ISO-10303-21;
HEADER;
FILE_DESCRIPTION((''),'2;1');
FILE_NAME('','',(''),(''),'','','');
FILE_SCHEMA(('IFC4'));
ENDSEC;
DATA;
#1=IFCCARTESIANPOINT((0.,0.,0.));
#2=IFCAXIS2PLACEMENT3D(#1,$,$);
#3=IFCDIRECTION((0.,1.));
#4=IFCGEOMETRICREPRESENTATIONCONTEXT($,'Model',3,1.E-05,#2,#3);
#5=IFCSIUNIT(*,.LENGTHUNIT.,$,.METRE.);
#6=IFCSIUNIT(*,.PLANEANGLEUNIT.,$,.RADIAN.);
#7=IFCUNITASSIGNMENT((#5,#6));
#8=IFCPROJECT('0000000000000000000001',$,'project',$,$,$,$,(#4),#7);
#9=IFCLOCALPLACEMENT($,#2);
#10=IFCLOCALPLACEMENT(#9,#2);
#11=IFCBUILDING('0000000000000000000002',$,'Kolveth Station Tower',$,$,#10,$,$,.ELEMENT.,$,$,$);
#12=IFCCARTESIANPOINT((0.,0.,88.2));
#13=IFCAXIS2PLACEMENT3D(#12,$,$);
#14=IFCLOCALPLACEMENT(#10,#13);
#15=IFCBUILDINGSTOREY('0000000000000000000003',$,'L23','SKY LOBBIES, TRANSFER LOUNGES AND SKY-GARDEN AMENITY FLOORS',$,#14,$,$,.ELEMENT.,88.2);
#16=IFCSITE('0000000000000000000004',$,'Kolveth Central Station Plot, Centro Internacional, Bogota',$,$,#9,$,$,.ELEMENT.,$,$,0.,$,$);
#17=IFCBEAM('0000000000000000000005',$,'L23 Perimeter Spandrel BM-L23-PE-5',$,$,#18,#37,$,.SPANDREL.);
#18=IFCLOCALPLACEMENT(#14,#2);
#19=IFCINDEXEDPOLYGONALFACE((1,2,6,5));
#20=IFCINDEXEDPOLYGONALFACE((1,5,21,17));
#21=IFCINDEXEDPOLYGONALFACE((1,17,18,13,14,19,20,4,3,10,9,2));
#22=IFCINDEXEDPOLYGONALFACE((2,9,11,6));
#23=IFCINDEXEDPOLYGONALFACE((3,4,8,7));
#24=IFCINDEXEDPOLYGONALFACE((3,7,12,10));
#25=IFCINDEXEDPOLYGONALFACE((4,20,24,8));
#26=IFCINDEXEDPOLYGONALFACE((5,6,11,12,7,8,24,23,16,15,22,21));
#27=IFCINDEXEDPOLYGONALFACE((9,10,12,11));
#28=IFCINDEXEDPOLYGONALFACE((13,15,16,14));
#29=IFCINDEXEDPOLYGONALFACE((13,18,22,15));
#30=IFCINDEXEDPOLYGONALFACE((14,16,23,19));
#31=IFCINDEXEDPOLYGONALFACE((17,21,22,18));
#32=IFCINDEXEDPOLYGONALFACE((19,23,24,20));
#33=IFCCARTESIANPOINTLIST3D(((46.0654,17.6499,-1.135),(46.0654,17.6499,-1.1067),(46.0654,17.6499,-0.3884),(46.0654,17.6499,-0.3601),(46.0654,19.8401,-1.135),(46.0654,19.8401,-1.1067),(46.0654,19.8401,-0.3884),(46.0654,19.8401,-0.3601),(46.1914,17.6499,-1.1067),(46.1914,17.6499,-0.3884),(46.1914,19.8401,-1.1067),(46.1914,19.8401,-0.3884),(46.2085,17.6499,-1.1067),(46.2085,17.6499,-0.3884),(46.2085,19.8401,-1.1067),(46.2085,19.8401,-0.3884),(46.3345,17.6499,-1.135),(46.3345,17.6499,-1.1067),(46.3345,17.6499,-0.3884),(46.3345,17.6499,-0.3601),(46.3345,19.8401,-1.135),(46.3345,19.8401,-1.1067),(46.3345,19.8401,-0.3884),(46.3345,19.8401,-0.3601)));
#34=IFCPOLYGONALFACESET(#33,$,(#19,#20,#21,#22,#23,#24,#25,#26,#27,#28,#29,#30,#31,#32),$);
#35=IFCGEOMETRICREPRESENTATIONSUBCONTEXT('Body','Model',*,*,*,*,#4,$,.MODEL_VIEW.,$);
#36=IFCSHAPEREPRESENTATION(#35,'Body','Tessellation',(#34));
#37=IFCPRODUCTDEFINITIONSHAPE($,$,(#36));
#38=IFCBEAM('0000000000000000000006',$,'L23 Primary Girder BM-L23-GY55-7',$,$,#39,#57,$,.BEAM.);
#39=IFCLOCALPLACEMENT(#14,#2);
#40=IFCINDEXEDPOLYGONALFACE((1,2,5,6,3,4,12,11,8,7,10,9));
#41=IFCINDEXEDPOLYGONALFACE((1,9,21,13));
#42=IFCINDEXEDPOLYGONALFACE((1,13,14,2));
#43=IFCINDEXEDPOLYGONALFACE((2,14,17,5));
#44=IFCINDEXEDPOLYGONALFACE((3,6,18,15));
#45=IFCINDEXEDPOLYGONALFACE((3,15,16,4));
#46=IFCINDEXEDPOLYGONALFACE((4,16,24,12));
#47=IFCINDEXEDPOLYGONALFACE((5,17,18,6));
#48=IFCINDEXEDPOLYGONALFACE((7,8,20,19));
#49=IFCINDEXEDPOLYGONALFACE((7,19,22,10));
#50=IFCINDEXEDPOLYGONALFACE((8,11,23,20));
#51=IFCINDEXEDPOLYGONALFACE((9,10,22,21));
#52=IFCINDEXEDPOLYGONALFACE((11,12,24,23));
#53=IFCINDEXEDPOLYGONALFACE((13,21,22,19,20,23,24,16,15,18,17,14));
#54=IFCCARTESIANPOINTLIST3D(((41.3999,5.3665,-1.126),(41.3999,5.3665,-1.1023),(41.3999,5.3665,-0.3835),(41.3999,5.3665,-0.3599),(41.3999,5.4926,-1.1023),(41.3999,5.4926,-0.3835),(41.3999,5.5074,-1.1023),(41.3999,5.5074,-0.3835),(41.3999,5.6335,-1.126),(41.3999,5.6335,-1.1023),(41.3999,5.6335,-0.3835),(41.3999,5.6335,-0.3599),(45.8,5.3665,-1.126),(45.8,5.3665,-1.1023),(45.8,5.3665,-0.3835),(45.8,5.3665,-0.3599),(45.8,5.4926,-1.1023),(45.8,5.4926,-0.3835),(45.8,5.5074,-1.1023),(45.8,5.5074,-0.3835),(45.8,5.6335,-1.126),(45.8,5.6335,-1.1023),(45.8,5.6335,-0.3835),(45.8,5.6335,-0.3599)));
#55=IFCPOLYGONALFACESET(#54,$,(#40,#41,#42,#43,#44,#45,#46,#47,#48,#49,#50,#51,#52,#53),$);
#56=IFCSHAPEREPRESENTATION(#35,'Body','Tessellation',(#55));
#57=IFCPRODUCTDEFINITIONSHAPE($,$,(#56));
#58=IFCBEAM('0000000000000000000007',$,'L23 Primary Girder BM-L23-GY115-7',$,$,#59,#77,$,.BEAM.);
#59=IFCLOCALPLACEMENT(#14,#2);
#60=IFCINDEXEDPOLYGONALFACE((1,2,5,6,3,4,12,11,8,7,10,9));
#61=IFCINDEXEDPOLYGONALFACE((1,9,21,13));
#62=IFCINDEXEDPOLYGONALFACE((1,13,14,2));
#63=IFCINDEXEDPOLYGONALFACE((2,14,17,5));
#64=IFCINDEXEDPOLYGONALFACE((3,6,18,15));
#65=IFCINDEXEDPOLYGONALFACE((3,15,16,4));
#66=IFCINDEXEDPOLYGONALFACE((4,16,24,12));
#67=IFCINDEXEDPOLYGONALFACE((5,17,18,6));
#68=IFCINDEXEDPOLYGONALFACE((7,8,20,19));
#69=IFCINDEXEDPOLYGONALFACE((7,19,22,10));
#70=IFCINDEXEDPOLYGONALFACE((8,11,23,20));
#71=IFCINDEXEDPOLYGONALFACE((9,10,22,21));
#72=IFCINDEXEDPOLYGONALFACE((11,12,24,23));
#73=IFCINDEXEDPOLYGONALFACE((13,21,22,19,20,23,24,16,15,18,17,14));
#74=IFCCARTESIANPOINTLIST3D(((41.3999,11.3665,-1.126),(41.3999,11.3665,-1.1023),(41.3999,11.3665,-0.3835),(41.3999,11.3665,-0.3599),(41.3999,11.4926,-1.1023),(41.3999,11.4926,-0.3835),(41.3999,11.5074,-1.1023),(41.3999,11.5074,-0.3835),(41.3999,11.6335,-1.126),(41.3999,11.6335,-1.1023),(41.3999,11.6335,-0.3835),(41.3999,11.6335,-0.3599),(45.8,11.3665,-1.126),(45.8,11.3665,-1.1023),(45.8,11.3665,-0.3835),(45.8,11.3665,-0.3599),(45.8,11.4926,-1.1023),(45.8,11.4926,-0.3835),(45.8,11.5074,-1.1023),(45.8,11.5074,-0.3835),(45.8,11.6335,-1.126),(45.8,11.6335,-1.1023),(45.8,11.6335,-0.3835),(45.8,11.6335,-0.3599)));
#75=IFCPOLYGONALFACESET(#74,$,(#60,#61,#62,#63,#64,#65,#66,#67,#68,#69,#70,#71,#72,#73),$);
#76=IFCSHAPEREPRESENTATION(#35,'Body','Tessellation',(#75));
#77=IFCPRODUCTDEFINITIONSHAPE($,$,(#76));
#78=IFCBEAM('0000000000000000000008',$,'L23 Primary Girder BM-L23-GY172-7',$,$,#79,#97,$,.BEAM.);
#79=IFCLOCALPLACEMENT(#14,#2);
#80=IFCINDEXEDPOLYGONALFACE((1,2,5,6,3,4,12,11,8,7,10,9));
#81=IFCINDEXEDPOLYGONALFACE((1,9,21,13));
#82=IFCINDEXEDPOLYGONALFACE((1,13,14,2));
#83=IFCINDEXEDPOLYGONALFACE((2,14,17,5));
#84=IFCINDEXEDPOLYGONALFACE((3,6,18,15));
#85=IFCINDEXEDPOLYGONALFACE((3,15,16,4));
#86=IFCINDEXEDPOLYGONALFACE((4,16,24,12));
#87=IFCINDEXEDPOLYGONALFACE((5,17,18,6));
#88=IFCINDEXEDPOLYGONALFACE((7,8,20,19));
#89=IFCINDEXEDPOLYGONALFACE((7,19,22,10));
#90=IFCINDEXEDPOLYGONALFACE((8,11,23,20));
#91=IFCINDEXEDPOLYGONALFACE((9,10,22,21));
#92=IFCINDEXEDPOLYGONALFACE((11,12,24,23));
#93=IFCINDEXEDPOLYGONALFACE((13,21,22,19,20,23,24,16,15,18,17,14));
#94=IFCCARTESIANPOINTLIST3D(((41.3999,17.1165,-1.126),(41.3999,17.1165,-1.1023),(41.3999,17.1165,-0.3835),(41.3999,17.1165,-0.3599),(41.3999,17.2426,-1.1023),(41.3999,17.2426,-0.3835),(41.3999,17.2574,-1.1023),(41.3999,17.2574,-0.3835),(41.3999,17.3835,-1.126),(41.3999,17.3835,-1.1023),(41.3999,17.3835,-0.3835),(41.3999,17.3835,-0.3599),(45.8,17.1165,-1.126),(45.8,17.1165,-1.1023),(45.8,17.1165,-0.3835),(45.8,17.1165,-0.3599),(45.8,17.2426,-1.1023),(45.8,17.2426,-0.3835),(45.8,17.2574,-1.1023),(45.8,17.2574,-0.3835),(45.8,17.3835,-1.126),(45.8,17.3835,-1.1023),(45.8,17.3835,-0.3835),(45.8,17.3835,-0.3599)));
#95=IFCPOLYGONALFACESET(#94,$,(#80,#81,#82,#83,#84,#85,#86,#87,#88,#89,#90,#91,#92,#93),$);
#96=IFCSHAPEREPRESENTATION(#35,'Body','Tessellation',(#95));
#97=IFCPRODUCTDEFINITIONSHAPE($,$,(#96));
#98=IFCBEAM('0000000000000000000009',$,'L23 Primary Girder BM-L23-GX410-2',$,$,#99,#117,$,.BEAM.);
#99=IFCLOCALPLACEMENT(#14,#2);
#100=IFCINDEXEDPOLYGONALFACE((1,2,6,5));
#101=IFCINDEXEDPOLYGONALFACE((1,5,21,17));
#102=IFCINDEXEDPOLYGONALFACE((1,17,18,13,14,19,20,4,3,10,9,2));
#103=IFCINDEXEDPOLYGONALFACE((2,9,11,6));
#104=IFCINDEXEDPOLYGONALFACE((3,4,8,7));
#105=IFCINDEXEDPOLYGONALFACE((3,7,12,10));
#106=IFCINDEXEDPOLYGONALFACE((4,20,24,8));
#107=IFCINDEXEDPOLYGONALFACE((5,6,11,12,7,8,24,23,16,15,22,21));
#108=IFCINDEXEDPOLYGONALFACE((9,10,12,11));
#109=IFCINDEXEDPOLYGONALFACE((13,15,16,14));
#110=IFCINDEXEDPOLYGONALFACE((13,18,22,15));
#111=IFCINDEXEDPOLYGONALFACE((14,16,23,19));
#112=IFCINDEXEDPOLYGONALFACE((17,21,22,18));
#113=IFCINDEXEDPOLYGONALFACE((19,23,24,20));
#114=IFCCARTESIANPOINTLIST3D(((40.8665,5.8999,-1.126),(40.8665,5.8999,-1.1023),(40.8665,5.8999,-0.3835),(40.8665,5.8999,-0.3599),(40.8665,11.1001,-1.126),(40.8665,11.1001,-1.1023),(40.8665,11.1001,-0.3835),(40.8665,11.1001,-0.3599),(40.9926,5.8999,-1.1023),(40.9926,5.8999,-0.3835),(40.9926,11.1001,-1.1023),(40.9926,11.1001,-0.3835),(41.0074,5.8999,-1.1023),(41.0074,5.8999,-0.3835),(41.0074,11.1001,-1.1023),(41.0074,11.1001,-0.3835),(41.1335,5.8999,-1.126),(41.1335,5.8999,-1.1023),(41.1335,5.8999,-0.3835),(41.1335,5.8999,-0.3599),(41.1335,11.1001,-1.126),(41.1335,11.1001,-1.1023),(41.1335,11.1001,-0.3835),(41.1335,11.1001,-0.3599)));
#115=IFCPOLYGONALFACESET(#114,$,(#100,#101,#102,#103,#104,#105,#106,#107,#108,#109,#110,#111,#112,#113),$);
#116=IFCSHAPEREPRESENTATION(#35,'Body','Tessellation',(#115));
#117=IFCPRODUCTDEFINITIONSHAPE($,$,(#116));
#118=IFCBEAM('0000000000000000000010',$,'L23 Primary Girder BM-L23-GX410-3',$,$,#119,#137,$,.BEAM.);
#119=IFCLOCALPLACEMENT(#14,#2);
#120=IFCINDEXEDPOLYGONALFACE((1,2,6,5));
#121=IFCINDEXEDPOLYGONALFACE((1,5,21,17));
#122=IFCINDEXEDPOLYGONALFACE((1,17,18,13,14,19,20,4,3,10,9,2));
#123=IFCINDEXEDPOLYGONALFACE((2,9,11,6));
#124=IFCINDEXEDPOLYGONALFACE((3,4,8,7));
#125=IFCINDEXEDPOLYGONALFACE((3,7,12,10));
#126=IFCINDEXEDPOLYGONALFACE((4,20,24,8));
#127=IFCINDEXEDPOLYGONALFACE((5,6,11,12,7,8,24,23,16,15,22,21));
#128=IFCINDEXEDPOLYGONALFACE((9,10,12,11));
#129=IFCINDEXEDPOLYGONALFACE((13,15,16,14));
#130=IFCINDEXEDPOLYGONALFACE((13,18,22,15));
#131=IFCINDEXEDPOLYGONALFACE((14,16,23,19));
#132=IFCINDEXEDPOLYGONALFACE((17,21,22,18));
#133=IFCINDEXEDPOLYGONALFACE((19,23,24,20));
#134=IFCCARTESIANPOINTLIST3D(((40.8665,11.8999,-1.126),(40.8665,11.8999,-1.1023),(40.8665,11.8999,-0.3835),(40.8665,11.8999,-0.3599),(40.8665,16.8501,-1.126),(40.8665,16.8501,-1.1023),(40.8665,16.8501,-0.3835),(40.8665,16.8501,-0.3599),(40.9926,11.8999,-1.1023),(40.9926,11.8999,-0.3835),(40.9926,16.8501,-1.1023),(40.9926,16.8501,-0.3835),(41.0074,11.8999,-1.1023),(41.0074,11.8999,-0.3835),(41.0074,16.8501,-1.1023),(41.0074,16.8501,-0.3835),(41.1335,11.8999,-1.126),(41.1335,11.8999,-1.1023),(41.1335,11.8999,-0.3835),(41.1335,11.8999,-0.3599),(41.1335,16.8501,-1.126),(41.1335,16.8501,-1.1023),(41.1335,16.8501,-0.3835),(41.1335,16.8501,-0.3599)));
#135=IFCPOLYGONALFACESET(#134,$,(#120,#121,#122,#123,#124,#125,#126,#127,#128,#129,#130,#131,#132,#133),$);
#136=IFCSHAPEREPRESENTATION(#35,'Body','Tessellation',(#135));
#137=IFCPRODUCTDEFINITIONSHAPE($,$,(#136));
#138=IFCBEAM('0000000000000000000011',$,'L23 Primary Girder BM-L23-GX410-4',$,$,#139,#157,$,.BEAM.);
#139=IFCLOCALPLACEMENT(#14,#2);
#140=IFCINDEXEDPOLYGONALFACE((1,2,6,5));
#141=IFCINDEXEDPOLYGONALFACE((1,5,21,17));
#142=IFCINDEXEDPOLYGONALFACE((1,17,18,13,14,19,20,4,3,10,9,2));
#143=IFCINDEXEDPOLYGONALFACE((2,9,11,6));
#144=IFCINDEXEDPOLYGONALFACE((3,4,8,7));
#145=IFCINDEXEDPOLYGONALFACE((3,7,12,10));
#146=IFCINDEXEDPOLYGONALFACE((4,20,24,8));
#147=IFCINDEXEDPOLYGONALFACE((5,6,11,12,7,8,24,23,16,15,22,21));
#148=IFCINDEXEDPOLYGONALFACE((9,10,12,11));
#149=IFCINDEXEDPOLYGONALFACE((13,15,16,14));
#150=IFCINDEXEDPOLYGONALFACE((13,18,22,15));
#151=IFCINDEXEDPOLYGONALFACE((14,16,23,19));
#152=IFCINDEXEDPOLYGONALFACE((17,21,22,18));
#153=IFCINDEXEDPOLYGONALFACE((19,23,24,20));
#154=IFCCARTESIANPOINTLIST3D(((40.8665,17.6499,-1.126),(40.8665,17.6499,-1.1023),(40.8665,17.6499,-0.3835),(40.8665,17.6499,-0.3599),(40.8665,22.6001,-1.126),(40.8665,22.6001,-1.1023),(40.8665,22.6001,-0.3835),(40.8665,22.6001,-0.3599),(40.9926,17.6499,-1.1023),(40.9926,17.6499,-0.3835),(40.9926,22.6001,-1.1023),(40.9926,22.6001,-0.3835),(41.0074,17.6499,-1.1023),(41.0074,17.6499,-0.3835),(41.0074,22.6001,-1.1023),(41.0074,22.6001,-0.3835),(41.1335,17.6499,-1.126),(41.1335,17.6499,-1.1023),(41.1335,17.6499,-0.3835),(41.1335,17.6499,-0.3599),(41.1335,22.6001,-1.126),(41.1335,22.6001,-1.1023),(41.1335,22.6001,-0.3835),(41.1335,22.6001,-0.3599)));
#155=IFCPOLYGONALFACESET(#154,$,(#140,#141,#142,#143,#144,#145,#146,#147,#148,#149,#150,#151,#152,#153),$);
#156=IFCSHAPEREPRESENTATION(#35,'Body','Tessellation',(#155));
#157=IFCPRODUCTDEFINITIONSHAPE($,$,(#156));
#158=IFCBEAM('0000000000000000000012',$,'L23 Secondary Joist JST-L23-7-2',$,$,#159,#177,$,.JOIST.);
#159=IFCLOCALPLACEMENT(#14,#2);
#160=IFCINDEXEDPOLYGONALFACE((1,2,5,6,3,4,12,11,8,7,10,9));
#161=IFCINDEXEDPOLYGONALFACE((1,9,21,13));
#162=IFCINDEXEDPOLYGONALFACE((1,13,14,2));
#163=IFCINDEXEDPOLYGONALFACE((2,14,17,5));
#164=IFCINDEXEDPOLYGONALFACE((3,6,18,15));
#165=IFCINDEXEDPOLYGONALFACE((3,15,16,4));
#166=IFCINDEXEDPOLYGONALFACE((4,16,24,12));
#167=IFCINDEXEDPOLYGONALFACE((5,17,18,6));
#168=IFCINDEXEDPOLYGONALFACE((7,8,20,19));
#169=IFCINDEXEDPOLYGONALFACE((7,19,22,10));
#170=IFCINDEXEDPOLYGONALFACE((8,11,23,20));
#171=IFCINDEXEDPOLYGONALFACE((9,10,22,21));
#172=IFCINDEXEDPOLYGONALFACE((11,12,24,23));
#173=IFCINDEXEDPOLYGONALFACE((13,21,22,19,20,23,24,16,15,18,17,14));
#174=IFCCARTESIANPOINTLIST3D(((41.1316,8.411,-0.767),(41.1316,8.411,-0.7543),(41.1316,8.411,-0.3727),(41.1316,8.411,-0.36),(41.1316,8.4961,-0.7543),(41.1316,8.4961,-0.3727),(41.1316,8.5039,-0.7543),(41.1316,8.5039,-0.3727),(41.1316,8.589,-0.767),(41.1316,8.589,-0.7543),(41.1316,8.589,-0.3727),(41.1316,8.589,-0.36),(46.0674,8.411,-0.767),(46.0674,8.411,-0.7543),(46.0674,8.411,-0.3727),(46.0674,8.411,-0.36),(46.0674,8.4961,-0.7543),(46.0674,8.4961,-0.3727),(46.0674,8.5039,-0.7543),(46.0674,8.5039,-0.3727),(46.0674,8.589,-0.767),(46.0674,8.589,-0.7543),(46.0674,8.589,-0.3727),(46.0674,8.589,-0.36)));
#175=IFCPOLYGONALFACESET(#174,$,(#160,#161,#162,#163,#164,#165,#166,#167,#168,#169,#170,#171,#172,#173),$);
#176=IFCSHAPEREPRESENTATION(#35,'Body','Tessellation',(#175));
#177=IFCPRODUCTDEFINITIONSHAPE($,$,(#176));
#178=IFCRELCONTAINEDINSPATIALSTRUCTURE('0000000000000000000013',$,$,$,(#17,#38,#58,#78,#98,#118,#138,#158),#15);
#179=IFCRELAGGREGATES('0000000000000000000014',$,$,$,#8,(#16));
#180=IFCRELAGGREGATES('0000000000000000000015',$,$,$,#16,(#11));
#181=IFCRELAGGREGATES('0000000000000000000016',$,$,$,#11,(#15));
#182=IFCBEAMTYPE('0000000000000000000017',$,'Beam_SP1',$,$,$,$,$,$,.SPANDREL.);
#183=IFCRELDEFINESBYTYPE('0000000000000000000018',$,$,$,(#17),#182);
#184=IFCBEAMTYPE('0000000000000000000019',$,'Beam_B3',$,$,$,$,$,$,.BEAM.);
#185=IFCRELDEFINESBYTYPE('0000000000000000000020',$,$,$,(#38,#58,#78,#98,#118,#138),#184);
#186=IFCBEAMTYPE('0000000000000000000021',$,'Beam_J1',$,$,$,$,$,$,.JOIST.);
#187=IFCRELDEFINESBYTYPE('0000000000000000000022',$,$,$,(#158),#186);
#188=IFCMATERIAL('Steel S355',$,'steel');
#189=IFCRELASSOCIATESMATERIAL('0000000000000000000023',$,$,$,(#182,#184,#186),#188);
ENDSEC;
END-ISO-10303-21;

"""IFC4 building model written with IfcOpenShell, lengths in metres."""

from ifc_helpers import new_model, si_unit, direction, frame, origin, origin_2d, place, context, subcontext, project, spatial, i_section, extrude, source, transform, mapped, material, material_profile, profile_set, type_object, element, save


model = new_model("IFC4")

# Units and contexts
model_context = context("Model", 3, precision=1e-05, world=origin(), true_north=direction((0.0, 1.0)))
body_context = subcontext(model_context, "Body", "Model", "MODEL_VIEW")
ifc_project = project(units=[si_unit("LENGTHUNIT", "METRE"), si_unit("PLANEANGLEUNIT", "RADIAN")], contexts=[model_context])

# Site, building, storey
site_placement = place(None, origin())
site = spatial("IfcSite", under=ifc_project, at=site_placement, Name="Kolveth Central Station Plot, Centro Internacional, Bogota", CompositionType="ELEMENT", RefElevation=0.0)
building_placement = place(site_placement, origin())
building = spatial("IfcBuilding", under=site, at=building_placement, Name="Kolveth Station Tower", CompositionType="ELEMENT")
storey_placement = place(building_placement, frame((0.0, 0.0, 88.2)))
storey = spatial("IfcBuildingStorey", under=building, at=storey_placement, Name="L23", Description="SKY LOBBIES, TRANSFER LOUNGES AND SKY-GARDEN AMENITY FLOORS", CompositionType="ELEMENT", Elevation=88.2)

# Beams
ifc_material_1 = material(Name="Steel S355", Category="steel")
ifc_material_profile_1 = material_profile(ifc_material_1, i_section(OverallWidth=0.269, OverallDepth=0.7749, WebThickness=0.0171, FlangeThickness=0.0283, at=origin_2d()), Name="W760x220")
ifc_profile_set_1 = profile_set([ifc_material_profile_1], Name="Steel S355")
beam_type_1 = type_object("IfcBeamType", Name="Beam_SP1", PredefinedType="SPANDREL", material=ifc_profile_set_1)
shared_shape_1 = source(origin(), body_context, "Body", "SweptSolid", [
    extrude(i_section(OverallWidth=0.269, OverallDepth=0.7749, WebThickness=0.0171, FlangeThickness=0.0283, at=origin_2d()), origin(), (0.0, 0.0, 1.0), 2.1902),
])
for number, where, z_axis, x_axis, name in (
    (1, (46.2, 17.6499, -0.7476), (0.0, 1.0, 0.0), (-1.0, 0.0, 0.0), "L23 Perimeter Spandrel BM-L23-PE-5"),
):
    element("IfcBeam", number, at=place(storey_placement, frame(where, z_axis=z_axis, x_axis=x_axis)), inside=storey, type_object=beam_type_1, Name=name, PredefinedType="SPANDREL", context=body_context, shape_type="MappedRepresentation", body=[
        mapped(shared_shape_1, transform((0.0, 0.0, 0.0), x_axis=(1.0, 0.0, 0.0), y_axis=(0.0, 1.0, 0.0), z_axis=(0.0, 0.0, 1.0), scale=1.0)),
    ])
ifc_material_profile_2 = material_profile(ifc_material_1, i_section(OverallWidth=0.2671, OverallDepth=0.7661, WebThickness=0.0149, FlangeThickness=0.0237, at=origin_2d()), Name="W760x185")
ifc_profile_set_2 = profile_set([ifc_material_profile_2], Name="Steel S355")
beam_type_2 = type_object("IfcBeamType", Name="Beam_B3", PredefinedType="BEAM", material=ifc_profile_set_2)
shared_shape_2 = source(origin(), body_context, "Body", "SweptSolid", [
    extrude(i_section(OverallWidth=0.2671, OverallDepth=0.7661, WebThickness=0.0149, FlangeThickness=0.0237, at=origin_2d()), origin(), (0.0, 0.0, 1.0), 4.4001),
])
for number, where, z_axis, x_axis, name in (
    (2, (41.3999, 5.5, -0.7429), (1.0, 0.0, 0.0), (0.0, 1.0, 0.0), "L23 Primary Girder BM-L23-GY55-7"),
    (3, (41.3999, 11.5, -0.7429), (1.0, 0.0, 0.0), (0.0, 1.0, 0.0), "L23 Primary Girder BM-L23-GY115-7"),
    (4, (41.3999, 17.25, -0.7429), (1.0, 0.0, 0.0), (0.0, 1.0, 0.0), "L23 Primary Girder BM-L23-GY172-7"),
):
    element("IfcBeam", number, at=place(storey_placement, frame(where, z_axis=z_axis, x_axis=x_axis)), inside=storey, type_object=beam_type_2, Name=name, PredefinedType="BEAM", context=body_context, shape_type="MappedRepresentation", body=[
        mapped(shared_shape_2, transform((0.0, 0.0, 0.0), x_axis=(1.0, 0.0, 0.0), y_axis=(0.0, 1.0, 0.0), z_axis=(0.0, 0.0, 1.0), scale=1.0)),
    ])
shared_shape_3 = source(origin(), body_context, "Body", "SweptSolid", [
    extrude(i_section(OverallWidth=0.2671, OverallDepth=0.7661, WebThickness=0.0149, FlangeThickness=0.0237, at=origin_2d()), origin(), (0.0, 0.0, 1.0), 5.2002),
])
beam_1_placement = place(storey_placement, frame((41.0, 5.8999, -0.7429), z_axis=(0.0, 1.0, 0.0), x_axis=(-1.0, 0.0, 0.0)))
element("IfcBeam", 5, at=beam_1_placement, inside=storey, type_object=beam_type_2, Name="L23 Primary Girder BM-L23-GX410-2", PredefinedType="BEAM", context=body_context, shape_type="MappedRepresentation", body=[
    mapped(shared_shape_3, transform((0.0, 0.0, 0.0), x_axis=(1.0, 0.0, 0.0), y_axis=(0.0, 1.0, 0.0), z_axis=(0.0, 0.0, 1.0), scale=1.0)),
])
shared_shape_4 = source(origin(), body_context, "Body", "SweptSolid", [
    extrude(i_section(OverallWidth=0.2671, OverallDepth=0.7661, WebThickness=0.0149, FlangeThickness=0.0237, at=origin_2d()), origin(), (0.0, 0.0, 1.0), 4.9502),
])
for number, where, z_axis, x_axis, name in (
    (6, (41.0, 11.8999, -0.7429), (0.0, 1.0, 0.0), (-1.0, 0.0, 0.0), "L23 Primary Girder BM-L23-GX410-3"),
    (7, (41.0, 17.6499, -0.7429), (0.0, 1.0, 0.0), (-1.0, 0.0, 0.0), "L23 Primary Girder BM-L23-GX410-4"),
):
    element("IfcBeam", number, at=place(storey_placement, frame(where, z_axis=z_axis, x_axis=x_axis)), inside=storey, type_object=beam_type_2, Name=name, PredefinedType="BEAM", context=body_context, shape_type="MappedRepresentation", body=[
        mapped(shared_shape_4, transform((0.0, 0.0, 0.0), x_axis=(1.0, 0.0, 0.0), y_axis=(0.0, 1.0, 0.0), z_axis=(0.0, 0.0, 1.0), scale=1.0)),
    ])
ifc_material_profile_3 = material_profile(ifc_material_1, i_section(OverallWidth=0.178, OverallDepth=0.407, WebThickness=0.0078, FlangeThickness=0.0127, at=origin_2d()), Name="W410x60")
ifc_profile_set_3 = profile_set([ifc_material_profile_3], Name="Steel S355")
beam_type_3 = type_object("IfcBeamType", Name="Beam_J1", PredefinedType="JOIST", material=ifc_profile_set_3)
shared_shape_5 = source(origin(), body_context, "Body", "SweptSolid", [
    extrude(i_section(OverallWidth=0.178, OverallDepth=0.407, WebThickness=0.0078, FlangeThickness=0.0127, at=origin_2d()), origin(), (0.0, 0.0, 1.0), 4.9358),
])
for number, where, z_axis, x_axis, name in (
    (8, (41.1316, 8.5, -0.5635), (1.0, 0.0, 0.0), (0.0, 1.0, 0.0), "L23 Secondary Joist JST-L23-7-2"),
):
    element("IfcBeam", number, at=place(storey_placement, frame(where, z_axis=z_axis, x_axis=x_axis)), inside=storey, type_object=beam_type_3, Name=name, PredefinedType="JOIST", context=body_context, shape_type="MappedRepresentation", body=[
        mapped(shared_shape_5, transform((0.0, 0.0, 0.0), x_axis=(1.0, 0.0, 0.0), y_axis=(0.0, 1.0, 0.0), z_axis=(0.0, 0.0, 1.0), scale=1.0)),
    ])

save(model, "model.ifc")
